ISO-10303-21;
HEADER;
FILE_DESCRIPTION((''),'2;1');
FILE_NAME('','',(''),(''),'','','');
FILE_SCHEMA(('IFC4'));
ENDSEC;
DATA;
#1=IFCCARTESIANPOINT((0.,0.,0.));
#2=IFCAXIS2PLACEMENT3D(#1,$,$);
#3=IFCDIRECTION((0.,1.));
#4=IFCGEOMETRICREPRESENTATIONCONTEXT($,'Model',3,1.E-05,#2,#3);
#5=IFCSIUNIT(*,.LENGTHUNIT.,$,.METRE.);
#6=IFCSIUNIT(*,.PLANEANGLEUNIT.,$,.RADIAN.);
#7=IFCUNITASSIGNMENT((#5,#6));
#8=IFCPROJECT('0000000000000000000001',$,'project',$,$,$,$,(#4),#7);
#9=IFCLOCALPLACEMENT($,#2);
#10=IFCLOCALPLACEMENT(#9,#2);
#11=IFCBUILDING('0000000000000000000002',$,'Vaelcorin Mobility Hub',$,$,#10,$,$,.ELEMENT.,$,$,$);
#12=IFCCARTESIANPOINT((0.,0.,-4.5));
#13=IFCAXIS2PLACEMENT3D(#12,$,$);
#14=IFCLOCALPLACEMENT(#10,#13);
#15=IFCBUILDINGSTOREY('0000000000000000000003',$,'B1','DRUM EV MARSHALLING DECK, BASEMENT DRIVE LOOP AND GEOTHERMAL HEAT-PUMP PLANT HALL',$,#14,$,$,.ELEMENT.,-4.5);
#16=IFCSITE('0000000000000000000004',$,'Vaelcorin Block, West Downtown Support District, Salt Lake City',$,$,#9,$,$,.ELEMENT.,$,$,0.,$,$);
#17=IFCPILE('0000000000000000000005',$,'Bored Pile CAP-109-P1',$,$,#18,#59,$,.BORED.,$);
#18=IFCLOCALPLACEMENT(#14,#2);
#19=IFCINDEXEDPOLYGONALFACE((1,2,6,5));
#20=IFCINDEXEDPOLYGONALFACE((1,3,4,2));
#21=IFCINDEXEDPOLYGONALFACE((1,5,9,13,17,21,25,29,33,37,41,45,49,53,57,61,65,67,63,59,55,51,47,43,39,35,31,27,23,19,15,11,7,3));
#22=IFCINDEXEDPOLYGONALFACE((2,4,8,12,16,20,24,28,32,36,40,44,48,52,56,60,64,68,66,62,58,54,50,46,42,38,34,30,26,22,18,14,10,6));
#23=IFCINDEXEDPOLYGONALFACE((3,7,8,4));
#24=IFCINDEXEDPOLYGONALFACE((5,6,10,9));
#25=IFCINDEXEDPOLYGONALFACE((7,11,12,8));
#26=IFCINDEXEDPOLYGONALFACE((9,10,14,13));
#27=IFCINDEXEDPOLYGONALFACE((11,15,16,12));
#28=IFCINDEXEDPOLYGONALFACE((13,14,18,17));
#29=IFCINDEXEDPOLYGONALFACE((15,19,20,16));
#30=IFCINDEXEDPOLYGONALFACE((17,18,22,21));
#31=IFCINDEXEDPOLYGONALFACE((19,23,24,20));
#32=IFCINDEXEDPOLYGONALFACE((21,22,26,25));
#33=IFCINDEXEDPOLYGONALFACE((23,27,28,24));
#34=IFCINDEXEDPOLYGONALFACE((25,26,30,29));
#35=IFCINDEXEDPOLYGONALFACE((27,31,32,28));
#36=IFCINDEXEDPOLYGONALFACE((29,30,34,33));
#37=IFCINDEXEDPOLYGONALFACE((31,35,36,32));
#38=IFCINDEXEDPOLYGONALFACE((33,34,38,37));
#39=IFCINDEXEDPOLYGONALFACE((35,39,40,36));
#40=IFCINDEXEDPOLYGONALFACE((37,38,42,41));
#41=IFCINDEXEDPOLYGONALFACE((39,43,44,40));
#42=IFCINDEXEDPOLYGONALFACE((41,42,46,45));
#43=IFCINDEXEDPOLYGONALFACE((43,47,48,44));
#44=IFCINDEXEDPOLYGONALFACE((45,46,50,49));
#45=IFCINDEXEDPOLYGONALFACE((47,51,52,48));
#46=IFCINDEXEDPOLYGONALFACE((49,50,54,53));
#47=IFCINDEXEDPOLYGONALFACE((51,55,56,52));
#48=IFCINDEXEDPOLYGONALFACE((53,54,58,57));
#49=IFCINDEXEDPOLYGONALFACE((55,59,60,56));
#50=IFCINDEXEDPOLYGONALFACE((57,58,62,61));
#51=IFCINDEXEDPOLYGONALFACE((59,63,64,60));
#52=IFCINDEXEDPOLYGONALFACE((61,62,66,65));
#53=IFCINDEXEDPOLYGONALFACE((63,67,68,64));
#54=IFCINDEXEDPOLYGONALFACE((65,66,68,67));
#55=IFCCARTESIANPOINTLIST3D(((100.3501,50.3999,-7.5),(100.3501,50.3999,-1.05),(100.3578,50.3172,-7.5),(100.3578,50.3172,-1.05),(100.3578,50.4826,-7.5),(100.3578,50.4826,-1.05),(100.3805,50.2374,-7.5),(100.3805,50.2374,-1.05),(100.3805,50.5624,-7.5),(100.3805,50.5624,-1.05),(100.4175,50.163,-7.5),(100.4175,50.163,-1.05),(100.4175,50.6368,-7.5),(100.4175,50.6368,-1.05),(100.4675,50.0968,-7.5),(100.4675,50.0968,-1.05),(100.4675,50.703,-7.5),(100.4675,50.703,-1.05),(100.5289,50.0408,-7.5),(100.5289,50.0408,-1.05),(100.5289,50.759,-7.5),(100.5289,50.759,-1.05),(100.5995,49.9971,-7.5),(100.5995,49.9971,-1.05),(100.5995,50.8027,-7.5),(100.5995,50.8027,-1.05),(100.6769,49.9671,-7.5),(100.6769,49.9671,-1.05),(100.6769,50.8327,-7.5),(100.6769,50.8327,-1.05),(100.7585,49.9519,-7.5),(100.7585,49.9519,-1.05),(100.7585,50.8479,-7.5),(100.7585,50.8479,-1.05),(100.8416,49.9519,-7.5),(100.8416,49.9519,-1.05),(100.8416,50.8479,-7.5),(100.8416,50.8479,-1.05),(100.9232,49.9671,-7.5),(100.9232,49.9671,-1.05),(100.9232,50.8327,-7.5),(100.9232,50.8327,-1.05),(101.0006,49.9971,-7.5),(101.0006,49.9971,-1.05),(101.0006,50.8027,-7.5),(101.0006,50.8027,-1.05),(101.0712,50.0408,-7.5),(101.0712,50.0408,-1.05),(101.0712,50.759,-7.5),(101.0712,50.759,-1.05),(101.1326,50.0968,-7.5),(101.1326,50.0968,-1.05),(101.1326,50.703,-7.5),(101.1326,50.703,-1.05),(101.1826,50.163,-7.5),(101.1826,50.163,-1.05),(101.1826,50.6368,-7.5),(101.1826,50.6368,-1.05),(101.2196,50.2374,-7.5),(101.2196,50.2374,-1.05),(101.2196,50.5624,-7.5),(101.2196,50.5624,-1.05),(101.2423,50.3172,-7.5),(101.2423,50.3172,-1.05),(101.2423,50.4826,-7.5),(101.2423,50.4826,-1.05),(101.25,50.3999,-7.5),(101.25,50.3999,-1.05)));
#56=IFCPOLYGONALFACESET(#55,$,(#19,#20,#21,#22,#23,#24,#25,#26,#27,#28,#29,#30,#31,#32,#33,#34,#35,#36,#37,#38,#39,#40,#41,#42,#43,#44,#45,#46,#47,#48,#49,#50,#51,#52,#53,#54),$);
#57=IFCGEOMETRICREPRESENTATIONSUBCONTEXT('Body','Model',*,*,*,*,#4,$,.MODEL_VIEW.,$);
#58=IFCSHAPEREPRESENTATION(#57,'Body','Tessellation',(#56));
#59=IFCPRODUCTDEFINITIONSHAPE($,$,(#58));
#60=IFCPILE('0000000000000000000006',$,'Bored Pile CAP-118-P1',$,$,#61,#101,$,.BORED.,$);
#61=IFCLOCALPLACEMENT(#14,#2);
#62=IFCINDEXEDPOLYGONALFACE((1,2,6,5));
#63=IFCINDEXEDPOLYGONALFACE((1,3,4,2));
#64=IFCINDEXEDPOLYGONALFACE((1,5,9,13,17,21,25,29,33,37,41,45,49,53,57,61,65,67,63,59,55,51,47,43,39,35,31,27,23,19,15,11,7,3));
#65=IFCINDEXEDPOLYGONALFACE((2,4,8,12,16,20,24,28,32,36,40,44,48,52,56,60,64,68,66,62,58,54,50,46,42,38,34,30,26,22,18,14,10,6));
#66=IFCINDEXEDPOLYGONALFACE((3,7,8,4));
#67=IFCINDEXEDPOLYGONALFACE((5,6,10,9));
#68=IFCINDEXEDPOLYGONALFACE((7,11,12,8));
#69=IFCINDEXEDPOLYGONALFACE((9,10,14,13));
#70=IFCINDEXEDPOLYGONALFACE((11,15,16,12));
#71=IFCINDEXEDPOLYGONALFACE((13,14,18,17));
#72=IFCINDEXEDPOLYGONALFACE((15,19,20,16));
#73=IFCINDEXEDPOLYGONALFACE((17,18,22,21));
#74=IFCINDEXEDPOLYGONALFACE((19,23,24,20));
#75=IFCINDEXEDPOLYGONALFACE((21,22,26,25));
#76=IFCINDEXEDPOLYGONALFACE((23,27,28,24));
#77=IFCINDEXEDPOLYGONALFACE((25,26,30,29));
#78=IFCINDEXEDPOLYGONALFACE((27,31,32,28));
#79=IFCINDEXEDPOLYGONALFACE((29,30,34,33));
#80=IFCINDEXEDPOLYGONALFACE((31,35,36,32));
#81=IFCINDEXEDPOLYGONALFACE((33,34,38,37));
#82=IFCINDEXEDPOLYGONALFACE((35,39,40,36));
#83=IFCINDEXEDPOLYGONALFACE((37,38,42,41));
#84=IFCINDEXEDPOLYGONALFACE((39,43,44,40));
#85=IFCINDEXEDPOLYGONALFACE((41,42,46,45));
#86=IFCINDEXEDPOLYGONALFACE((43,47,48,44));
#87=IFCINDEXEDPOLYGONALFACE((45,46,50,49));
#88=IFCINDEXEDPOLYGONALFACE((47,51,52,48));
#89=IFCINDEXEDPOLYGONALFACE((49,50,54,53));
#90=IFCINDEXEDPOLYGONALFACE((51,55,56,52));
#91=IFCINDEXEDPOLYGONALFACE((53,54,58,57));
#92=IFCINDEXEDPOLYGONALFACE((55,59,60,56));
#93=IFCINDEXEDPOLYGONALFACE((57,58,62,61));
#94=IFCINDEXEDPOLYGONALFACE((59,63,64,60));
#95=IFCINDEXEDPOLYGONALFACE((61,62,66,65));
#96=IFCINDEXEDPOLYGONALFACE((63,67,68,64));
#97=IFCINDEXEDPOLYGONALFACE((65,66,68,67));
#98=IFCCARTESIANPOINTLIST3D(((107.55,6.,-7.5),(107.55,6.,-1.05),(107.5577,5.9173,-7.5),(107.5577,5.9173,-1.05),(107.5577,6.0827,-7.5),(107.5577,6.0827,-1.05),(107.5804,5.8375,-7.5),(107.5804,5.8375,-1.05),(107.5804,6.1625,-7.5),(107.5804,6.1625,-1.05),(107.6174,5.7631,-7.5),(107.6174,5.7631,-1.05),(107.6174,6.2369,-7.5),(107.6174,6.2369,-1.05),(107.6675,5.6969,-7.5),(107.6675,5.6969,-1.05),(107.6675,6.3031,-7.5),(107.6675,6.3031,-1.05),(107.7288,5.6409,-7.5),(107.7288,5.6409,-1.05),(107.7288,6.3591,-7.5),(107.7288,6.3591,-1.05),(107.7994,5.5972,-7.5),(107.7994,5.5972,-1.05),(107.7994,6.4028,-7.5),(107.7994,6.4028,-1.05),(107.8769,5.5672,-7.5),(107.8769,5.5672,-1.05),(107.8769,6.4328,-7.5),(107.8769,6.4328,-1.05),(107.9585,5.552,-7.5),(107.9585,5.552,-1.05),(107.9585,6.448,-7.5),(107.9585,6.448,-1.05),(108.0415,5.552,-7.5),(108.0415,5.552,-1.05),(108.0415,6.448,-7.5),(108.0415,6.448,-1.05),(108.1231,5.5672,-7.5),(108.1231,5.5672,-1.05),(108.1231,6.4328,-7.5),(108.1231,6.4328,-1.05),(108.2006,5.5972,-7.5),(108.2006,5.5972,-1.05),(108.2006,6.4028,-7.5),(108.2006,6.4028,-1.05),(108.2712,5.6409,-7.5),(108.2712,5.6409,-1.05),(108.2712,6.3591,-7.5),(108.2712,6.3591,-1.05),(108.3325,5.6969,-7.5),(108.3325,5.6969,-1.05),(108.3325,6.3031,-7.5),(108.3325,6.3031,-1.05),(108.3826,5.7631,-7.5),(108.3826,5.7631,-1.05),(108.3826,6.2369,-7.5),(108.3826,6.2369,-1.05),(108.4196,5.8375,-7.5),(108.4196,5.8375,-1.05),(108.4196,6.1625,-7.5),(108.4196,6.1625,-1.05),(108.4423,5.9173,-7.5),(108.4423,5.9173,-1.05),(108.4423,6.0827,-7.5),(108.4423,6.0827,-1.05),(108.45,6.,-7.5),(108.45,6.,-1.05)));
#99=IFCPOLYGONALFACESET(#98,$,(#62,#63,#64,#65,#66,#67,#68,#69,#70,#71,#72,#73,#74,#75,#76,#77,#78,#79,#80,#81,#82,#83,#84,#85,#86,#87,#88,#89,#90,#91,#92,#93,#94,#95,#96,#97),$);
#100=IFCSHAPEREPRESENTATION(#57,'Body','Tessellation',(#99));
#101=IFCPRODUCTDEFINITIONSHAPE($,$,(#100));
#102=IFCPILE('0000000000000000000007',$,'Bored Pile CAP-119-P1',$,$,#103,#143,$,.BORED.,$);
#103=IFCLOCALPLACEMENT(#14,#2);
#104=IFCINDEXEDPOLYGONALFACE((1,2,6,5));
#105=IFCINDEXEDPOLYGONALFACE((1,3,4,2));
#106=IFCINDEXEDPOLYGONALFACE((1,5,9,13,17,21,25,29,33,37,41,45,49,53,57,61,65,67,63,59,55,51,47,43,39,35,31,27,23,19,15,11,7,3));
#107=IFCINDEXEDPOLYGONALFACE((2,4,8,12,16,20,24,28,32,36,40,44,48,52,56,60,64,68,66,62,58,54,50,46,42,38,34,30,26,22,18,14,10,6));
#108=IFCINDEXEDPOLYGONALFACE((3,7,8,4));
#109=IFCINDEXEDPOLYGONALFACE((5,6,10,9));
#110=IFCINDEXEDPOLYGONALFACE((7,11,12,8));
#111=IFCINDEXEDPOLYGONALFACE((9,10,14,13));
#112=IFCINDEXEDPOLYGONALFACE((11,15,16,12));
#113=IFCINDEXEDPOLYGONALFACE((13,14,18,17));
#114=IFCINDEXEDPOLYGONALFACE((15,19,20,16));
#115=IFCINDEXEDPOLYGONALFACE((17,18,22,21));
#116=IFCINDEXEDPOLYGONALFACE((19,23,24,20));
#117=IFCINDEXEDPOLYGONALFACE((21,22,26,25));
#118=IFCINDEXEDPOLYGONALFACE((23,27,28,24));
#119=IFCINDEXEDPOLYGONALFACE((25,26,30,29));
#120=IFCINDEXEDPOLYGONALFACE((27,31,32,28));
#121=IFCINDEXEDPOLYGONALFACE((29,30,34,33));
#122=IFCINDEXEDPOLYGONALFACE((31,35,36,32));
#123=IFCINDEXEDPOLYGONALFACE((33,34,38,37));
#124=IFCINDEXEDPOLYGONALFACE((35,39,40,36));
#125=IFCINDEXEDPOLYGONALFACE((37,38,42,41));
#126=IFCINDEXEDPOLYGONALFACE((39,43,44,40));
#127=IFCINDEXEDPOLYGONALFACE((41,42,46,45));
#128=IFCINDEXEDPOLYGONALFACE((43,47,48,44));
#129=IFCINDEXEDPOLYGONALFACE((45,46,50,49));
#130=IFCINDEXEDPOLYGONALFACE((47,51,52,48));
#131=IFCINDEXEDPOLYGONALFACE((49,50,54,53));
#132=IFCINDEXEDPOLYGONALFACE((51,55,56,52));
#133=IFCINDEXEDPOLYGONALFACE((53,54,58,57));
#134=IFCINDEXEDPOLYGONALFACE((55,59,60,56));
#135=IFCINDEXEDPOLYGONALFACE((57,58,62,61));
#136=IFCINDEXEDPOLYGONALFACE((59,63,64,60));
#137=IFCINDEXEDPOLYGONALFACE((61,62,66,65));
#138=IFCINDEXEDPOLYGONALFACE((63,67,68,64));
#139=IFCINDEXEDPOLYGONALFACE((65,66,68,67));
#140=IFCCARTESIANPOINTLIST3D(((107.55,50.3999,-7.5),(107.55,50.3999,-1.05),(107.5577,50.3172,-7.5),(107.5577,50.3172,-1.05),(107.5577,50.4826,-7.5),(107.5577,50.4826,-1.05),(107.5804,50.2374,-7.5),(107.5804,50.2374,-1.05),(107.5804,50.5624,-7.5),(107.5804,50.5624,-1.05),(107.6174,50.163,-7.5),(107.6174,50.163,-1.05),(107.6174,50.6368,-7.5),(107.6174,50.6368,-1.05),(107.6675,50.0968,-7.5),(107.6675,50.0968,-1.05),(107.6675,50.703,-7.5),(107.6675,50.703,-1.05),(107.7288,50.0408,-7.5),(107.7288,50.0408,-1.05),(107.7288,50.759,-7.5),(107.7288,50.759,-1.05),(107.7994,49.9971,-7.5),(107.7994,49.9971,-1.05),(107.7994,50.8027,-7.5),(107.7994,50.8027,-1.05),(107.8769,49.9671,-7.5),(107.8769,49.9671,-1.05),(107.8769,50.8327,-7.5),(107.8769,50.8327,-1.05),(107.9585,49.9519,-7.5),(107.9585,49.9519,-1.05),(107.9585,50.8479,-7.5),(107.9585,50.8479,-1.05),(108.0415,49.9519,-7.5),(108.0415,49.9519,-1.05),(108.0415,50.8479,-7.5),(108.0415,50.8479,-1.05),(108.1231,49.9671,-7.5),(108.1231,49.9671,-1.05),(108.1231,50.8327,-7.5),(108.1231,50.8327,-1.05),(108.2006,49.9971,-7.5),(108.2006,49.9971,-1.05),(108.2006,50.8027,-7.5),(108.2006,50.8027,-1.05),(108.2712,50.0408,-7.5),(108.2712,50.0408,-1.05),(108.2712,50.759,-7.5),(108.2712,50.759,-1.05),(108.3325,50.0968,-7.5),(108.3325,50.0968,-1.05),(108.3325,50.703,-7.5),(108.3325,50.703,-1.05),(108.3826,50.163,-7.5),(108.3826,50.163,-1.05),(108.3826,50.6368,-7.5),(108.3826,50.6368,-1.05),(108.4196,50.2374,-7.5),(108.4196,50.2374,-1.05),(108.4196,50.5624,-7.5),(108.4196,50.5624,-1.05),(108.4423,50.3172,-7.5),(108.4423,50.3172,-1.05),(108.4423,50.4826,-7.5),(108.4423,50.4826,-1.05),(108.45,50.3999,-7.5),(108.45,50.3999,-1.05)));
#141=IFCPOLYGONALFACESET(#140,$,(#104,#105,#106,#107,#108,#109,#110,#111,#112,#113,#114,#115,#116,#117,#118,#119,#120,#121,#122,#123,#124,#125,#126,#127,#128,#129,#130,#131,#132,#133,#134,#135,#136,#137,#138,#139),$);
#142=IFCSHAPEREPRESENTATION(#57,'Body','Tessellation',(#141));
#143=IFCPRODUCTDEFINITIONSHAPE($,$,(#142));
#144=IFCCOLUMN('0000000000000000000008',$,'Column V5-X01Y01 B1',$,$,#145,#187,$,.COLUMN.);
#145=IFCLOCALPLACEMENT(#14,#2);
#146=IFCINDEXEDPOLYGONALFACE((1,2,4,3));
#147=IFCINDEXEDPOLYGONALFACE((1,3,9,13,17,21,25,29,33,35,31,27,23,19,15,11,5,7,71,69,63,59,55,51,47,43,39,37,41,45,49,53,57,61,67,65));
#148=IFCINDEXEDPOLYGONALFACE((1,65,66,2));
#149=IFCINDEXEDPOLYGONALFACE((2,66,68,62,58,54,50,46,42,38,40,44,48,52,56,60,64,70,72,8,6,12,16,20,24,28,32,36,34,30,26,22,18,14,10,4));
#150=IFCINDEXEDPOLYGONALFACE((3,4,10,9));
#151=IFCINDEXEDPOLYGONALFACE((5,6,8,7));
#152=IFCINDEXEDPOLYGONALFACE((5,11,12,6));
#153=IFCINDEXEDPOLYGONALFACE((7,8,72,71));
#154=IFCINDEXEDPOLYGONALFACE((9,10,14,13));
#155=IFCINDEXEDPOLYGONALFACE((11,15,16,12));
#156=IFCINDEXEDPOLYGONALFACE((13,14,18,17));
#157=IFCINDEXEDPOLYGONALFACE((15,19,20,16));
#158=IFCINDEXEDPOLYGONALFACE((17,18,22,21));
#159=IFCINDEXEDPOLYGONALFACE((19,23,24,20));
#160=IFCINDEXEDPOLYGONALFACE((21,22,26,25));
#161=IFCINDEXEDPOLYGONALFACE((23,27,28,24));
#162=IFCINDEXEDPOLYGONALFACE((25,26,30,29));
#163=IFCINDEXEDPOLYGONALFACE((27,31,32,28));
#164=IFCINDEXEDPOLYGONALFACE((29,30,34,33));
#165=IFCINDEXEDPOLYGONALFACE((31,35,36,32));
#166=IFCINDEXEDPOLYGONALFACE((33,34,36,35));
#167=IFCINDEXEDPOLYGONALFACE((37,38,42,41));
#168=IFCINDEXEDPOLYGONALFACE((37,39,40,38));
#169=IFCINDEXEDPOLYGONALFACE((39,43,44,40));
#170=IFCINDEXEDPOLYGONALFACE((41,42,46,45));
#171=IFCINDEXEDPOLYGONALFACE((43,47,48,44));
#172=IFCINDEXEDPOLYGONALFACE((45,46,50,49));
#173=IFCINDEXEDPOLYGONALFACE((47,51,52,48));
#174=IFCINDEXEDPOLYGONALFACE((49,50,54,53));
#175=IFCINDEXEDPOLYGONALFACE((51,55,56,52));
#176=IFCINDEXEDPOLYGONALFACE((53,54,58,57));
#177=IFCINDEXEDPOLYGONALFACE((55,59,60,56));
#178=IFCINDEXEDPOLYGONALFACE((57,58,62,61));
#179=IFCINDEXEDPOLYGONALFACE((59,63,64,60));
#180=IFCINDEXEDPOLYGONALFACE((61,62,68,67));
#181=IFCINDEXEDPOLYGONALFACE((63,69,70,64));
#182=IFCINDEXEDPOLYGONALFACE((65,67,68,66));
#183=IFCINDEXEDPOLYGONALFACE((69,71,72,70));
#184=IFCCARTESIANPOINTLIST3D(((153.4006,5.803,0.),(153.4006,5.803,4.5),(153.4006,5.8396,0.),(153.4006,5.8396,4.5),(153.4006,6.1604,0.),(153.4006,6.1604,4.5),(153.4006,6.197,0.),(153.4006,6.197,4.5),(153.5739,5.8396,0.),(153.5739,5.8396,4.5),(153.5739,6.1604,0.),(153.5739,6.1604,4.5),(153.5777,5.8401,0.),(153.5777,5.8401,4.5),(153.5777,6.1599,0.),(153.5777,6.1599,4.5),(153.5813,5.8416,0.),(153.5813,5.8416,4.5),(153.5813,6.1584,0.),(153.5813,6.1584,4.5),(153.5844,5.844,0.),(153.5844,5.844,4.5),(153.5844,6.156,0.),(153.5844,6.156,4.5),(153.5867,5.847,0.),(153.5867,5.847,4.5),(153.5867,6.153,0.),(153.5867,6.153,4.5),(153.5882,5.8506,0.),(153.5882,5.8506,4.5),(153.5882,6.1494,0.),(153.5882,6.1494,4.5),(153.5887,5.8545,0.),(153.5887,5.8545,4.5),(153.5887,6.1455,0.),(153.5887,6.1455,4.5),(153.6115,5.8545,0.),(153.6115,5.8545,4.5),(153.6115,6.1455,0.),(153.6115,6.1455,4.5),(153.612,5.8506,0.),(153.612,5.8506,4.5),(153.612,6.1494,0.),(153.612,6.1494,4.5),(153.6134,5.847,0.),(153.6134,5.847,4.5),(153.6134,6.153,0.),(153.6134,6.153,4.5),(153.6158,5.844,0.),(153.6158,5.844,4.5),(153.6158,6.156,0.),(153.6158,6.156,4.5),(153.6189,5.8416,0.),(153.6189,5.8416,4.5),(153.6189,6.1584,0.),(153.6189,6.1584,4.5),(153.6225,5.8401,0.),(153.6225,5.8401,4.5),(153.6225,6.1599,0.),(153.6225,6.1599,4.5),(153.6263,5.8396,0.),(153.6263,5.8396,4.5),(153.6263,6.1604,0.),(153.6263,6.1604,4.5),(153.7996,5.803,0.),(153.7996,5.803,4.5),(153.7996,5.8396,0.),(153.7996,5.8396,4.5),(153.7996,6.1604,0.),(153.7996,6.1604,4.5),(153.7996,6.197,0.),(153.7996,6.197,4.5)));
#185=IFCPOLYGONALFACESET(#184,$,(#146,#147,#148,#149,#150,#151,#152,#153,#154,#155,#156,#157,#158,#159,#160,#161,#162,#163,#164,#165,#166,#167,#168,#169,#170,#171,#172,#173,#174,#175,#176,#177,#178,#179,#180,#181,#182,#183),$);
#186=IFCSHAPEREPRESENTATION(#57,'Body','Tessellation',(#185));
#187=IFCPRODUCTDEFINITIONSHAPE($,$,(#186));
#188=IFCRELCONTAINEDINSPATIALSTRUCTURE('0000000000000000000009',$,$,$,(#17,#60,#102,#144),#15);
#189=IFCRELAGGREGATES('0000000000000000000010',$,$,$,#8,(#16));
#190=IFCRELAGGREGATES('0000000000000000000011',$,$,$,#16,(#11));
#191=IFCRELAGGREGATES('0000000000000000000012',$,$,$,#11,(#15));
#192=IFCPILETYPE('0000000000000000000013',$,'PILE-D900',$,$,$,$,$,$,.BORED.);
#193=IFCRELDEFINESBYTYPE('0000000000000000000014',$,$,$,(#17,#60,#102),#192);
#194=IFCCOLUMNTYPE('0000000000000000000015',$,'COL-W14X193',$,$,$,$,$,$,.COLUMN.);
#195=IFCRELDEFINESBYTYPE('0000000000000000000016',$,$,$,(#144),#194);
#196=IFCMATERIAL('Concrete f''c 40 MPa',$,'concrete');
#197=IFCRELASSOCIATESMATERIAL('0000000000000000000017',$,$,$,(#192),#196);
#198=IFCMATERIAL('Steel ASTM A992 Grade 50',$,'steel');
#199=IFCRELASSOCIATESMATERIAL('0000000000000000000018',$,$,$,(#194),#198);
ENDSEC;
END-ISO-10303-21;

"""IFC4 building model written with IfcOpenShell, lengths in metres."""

from ifc_helpers import new_model, si_unit, direction, frame, origin, origin_2d, place, context, subcontext, project, spatial, circle, i_section, extrude, material, material_profile, profile_set, type_object, element, save


model = new_model("IFC4")

# Units and contexts
model_context = context("Model", 3, precision=1e-05, world=origin(), true_north=direction((0.0, 1.0)))
body_context = subcontext(model_context, "Body", "Model", "MODEL_VIEW")
ifc_project = project(units=[si_unit("LENGTHUNIT", "METRE"), si_unit("PLANEANGLEUNIT", "RADIAN")], contexts=[model_context])

# Site, building, storey
site_placement = place(None, origin())
site = spatial("IfcSite", under=ifc_project, at=site_placement, Name="Vaelcorin Block, West Downtown Support District, Salt Lake City", CompositionType="ELEMENT", RefElevation=0.0)
building_placement = place(site_placement, origin())
building = spatial("IfcBuilding", under=site, at=building_placement, Name="Vaelcorin Mobility Hub", CompositionType="ELEMENT")
storey_placement = place(building_placement, frame((0.0, 0.0, -4.5)))
storey = spatial("IfcBuildingStorey", under=building, at=storey_placement, Name="B1", Description="DRUM EV MARSHALLING DECK, BASEMENT DRIVE LOOP AND GEOTHERMAL HEAT-PUMP PLANT HALL", CompositionType="ELEMENT", Elevation=-4.5)

# Shared definitions
ifc_material_1 = material(Name="Concrete f'c 40 MPa", Category="concrete")

# Piles
ifc_material_profile_1 = material_profile(ifc_material_1, circle(Radius=0.45, at=origin_2d()), Name="BP-D900")
ifc_profile_set_1 = profile_set([ifc_material_profile_1], Name="Concrete f'c 40 MPa")
pile_type_1 = type_object("IfcPileType", Name="PILE-D900", PredefinedType="BORED", material=ifc_profile_set_1)
for number, where, z_axis, x_axis, name in (
    (1, (100.8, 50.3999, -1.05), (0.0, 0.0, -1.0), (1.0, 0.0, 0.0), "Bored Pile CAP-109-P1"),
    (2, (108.0, 6.0, -1.05), (0.0, 0.0, -1.0), (1.0, 0.0, 0.0), "Bored Pile CAP-118-P1"),
    (3, (108.0, 50.3999, -1.05), (0.0, 0.0, -1.0), (1.0, 0.0, 0.0), "Bored Pile CAP-119-P1"),
):
    element("IfcPile", number, at=place(storey_placement, frame(where, z_axis=z_axis, x_axis=x_axis)), inside=storey, type_object=pile_type_1, Name=name, PredefinedType="BORED", context=body_context, shape_type="SweptSolid", body=[
        extrude(circle(Radius=0.45, at=origin_2d()), origin(), (0.0, 0.0, 1.0), 6.45),
    ])

# Column
ifc_material_2 = material(Name="Steel ASTM A992 Grade 50", Category="steel")
ifc_material_profile_2 = material_profile(ifc_material_2, i_section(OverallWidth=0.3989, OverallDepth=0.394, WebThickness=0.0227, FlangeThickness=0.0366, FilletRadius=0.0149, at=origin_2d()), Name="W14X193")
ifc_profile_set_2 = profile_set([ifc_material_profile_2], Name="Steel ASTM A992 Grade 50")
column_type_1 = type_object("IfcColumnType", Name="COL-W14X193", PredefinedType="COLUMN", material=ifc_profile_set_2)
column_placement = place(storey_placement, frame((153.6001, 6.0, 0.0), z_axis=(0.0, 0.0, 1.0), x_axis=(1.0, 0.0, 0.0)))
element("IfcColumn", 4, at=column_placement, inside=storey, type_object=column_type_1, Name="Column V5-X01Y01 B1", PredefinedType="COLUMN", context=body_context, shape_type="SweptSolid", body=[
    extrude(i_section(OverallWidth=0.3989, OverallDepth=0.394, WebThickness=0.0227, FlangeThickness=0.0366, FilletRadius=0.0149, at=origin_2d()), origin(), (0.0, 0.0, 1.0), 4.5),
])

save(model, "model.ifc")
